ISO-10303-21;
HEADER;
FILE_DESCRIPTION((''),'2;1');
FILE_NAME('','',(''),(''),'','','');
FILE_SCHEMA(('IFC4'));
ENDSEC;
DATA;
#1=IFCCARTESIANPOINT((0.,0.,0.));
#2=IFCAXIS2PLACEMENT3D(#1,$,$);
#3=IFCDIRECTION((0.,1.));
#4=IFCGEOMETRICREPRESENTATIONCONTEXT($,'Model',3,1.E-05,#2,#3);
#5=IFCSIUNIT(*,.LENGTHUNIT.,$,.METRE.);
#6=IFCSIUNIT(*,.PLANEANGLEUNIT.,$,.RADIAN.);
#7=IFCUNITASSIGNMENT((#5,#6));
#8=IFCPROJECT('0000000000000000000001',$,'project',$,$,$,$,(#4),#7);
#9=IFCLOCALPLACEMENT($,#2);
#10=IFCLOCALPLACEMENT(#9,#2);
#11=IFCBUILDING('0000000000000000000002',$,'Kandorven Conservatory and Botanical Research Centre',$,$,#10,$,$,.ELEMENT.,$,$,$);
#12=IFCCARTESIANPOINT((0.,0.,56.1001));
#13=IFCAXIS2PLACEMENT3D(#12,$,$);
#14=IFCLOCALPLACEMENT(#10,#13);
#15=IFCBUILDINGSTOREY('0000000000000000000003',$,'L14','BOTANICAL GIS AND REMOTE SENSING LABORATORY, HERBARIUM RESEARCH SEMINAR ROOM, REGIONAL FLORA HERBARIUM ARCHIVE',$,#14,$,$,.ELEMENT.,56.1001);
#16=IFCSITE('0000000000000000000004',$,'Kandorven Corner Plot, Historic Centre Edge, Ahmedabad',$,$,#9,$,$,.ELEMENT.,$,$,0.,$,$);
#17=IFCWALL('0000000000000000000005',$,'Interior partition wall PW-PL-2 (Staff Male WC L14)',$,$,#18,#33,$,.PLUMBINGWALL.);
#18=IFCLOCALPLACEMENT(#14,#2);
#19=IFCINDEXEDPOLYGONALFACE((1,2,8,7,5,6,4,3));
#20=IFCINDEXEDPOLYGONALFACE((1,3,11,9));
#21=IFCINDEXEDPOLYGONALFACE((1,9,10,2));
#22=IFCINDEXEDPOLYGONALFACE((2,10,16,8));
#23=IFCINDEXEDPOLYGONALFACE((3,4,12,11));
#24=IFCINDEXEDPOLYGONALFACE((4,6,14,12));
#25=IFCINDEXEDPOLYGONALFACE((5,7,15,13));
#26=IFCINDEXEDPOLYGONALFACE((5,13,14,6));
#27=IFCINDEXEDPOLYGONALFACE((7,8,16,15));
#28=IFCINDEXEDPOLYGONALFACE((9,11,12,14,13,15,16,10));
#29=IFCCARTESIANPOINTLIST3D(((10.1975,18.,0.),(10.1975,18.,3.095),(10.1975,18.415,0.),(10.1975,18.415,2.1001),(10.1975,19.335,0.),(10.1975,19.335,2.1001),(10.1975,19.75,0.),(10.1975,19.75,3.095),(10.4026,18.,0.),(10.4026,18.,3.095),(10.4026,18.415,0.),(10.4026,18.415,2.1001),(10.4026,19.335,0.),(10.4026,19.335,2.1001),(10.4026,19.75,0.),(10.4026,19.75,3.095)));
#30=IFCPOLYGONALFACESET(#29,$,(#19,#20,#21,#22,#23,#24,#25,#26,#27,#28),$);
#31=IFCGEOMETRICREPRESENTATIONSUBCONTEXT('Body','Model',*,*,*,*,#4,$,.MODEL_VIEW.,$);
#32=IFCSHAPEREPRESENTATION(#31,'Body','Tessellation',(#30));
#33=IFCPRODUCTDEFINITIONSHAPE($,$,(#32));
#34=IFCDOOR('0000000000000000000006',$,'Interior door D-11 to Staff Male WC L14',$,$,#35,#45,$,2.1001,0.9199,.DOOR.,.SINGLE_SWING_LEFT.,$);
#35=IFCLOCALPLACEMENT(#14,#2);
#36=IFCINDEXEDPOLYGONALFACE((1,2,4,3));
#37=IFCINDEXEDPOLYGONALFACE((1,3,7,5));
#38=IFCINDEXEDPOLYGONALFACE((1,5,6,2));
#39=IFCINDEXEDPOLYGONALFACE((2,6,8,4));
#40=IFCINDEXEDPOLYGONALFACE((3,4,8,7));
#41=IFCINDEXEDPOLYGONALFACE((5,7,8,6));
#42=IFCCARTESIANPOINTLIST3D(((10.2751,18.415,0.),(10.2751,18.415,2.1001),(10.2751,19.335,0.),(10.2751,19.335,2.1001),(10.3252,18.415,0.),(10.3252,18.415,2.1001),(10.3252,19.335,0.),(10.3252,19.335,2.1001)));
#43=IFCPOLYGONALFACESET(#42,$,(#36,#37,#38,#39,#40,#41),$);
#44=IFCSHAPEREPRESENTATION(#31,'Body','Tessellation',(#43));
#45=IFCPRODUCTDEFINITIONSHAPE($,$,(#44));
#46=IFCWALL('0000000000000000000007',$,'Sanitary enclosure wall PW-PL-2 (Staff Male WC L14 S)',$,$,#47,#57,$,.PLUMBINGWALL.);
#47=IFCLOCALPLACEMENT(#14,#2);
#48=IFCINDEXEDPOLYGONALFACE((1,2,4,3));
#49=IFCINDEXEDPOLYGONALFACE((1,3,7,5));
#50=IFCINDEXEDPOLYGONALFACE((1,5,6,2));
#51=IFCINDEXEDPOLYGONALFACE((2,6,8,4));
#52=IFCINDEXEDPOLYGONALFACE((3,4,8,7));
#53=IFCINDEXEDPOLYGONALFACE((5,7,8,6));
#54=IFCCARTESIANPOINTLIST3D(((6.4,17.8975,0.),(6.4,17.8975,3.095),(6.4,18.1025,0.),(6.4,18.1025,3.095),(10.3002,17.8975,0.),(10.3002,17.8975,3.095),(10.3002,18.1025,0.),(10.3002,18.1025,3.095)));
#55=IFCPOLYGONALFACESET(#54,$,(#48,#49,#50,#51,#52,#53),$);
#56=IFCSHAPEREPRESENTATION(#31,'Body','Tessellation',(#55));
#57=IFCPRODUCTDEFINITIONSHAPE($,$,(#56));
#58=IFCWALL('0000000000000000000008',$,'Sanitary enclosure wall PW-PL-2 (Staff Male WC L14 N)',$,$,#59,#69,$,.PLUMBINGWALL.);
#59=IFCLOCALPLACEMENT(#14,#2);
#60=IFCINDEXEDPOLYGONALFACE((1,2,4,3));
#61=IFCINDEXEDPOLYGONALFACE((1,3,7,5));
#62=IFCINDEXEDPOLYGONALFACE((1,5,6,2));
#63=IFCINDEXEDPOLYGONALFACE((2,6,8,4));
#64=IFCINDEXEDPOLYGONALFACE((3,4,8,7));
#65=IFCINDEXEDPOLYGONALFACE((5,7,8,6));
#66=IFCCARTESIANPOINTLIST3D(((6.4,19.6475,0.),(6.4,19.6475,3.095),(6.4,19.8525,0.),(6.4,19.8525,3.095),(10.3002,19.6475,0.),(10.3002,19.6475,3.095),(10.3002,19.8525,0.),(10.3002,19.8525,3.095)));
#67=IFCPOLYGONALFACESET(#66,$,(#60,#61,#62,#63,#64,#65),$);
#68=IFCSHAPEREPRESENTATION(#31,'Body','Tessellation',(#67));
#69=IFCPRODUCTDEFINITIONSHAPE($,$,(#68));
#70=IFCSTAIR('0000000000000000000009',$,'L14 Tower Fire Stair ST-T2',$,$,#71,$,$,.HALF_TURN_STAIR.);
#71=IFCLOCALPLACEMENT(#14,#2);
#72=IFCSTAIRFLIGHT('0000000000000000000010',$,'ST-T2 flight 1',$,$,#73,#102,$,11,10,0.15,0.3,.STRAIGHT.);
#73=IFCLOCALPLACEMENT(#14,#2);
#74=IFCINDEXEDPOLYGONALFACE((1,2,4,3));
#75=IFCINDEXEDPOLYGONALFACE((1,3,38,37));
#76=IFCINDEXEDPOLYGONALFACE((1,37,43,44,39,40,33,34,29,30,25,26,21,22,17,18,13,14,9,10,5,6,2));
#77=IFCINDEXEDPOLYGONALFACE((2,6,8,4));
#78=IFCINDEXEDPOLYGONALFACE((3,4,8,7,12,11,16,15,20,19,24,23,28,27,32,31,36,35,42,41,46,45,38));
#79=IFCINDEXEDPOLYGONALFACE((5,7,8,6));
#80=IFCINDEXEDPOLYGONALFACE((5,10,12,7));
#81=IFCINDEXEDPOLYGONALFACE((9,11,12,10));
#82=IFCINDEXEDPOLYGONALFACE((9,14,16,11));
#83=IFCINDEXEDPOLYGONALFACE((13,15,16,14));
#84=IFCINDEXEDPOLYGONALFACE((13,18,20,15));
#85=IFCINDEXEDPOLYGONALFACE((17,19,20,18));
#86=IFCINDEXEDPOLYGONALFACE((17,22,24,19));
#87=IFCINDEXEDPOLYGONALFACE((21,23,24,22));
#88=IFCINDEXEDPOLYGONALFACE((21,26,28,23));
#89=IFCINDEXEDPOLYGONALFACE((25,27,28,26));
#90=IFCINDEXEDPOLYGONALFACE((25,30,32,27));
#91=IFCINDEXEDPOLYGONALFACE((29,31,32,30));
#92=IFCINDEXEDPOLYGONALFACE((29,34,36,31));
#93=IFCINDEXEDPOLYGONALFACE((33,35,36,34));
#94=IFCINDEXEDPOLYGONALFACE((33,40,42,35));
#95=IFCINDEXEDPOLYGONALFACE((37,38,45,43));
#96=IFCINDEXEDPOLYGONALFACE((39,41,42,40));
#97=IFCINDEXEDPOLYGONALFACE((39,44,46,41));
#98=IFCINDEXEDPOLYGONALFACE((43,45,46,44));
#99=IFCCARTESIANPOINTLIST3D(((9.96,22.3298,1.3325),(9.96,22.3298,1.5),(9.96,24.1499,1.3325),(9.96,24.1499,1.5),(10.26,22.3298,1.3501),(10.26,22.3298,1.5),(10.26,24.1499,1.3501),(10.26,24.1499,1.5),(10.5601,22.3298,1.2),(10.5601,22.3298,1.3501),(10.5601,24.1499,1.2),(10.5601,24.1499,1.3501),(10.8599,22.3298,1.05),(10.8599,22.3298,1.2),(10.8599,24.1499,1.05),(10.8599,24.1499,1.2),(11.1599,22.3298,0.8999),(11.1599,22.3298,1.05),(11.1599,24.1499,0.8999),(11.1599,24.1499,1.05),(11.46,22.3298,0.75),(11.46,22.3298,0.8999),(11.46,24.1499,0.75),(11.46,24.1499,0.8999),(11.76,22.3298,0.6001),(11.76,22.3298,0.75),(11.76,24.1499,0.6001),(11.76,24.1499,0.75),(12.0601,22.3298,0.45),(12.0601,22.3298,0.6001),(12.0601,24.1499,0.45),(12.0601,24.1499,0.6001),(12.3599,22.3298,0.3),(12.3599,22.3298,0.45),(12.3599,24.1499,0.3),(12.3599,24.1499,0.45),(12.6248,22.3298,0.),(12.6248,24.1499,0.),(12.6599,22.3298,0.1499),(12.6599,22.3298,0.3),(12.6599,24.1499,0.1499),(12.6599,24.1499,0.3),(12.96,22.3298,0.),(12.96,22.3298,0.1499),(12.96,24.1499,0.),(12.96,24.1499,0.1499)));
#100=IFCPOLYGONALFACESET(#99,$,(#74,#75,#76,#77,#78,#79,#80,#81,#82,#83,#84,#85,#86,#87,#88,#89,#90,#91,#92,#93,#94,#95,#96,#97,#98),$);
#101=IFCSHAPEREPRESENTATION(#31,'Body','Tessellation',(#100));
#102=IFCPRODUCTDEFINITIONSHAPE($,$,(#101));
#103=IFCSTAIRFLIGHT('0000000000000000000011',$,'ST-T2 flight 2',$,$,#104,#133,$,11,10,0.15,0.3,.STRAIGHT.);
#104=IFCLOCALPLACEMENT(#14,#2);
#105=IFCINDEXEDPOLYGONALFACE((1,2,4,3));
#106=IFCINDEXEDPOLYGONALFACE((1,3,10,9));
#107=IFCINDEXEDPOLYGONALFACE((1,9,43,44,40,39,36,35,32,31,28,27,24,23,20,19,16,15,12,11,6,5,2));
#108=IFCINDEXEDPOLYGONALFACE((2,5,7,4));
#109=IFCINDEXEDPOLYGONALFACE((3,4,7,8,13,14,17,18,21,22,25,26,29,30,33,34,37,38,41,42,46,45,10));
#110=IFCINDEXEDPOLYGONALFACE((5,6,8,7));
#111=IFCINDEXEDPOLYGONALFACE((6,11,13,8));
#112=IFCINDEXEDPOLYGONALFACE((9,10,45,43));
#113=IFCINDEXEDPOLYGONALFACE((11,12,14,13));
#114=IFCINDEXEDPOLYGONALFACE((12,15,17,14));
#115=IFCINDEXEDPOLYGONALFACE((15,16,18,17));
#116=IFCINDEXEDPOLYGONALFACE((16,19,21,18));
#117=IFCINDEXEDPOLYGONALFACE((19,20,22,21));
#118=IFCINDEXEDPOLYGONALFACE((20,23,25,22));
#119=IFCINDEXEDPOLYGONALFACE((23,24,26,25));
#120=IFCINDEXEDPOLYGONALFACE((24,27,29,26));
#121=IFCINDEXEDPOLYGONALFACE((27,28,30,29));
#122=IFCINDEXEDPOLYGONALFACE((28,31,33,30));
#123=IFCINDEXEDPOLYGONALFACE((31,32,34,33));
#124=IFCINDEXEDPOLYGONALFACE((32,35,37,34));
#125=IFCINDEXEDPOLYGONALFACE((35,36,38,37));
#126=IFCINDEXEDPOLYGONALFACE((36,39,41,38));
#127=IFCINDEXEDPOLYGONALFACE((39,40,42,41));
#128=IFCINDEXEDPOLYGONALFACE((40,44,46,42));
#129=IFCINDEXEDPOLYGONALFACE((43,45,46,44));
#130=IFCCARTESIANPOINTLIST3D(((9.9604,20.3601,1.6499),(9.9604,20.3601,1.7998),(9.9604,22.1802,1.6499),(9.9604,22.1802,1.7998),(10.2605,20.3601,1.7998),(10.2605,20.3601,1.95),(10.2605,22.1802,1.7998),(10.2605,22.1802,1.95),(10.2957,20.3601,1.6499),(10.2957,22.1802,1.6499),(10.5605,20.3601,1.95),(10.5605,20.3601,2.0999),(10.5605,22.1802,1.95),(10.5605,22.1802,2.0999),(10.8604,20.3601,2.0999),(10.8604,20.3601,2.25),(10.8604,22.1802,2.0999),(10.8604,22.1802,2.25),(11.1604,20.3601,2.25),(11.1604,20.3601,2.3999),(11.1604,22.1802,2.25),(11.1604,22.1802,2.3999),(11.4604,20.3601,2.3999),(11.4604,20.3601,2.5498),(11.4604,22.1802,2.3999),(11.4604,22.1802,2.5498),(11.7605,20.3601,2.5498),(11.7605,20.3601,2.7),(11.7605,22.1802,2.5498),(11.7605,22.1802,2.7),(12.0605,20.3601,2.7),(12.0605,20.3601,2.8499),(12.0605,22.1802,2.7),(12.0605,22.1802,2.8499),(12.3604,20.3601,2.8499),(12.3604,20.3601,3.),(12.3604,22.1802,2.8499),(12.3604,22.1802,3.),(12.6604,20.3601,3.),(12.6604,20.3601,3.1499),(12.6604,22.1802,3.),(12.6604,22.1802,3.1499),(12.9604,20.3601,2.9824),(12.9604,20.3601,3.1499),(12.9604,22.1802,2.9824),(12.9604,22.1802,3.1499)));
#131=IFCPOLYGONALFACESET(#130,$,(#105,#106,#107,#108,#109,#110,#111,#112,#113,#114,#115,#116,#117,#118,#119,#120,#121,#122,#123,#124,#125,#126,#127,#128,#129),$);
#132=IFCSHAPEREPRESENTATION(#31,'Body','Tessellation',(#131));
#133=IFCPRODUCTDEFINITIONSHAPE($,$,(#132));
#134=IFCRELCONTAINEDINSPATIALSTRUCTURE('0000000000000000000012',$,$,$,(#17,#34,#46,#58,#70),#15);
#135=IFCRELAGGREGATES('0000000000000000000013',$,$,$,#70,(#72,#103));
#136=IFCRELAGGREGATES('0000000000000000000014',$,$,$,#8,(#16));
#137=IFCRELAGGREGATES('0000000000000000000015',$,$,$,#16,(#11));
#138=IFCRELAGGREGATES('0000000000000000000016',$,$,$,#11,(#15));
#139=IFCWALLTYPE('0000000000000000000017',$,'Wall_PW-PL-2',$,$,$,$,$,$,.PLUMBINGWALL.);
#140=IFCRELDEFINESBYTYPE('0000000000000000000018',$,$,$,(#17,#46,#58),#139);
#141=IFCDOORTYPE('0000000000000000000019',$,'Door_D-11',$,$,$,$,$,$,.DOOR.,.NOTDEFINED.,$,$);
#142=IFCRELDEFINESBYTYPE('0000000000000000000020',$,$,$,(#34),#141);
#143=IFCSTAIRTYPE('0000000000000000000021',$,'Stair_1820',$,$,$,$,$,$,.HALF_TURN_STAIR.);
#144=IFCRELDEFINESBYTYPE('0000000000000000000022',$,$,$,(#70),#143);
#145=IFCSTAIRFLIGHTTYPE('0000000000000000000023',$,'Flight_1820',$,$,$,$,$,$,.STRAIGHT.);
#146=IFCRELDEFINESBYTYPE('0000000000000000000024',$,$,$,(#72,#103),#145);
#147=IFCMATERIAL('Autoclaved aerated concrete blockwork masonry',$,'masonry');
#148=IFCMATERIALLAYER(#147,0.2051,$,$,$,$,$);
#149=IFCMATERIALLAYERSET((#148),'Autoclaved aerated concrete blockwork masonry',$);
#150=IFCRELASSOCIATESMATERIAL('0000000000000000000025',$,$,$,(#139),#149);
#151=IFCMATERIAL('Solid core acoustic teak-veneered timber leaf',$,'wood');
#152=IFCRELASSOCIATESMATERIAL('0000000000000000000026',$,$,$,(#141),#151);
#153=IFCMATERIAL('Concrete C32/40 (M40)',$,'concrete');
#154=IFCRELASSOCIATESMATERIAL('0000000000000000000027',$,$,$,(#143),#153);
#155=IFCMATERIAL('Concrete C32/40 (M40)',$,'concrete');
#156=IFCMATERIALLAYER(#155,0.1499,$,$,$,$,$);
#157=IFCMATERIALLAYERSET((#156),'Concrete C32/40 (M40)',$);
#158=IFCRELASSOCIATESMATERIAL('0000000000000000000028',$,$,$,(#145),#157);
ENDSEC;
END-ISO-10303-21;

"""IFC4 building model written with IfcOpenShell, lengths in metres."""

from ifc_helpers import new_model, si_unit, direction, frame, frame_2d, origin, place, context, subcontext, project, spatial, polyline, rectangle, outline, extrude, material, layer, layer_set, type_object, element, fill, aggregate, save


model = new_model("IFC4")

# Units and contexts
model_context = context("Model", 3, precision=1e-05, world=origin(), true_north=direction((0.0, 1.0)))
body_context = subcontext(model_context, "Body", "Model", "MODEL_VIEW")
ifc_project = project(units=[si_unit("LENGTHUNIT", "METRE"), si_unit("PLANEANGLEUNIT", "RADIAN")], contexts=[model_context])

# Site, building, storey
site_placement = place(None, origin())
site = spatial("IfcSite", under=ifc_project, at=site_placement, Name="Kandorven Corner Plot, Historic Centre Edge, Ahmedabad", CompositionType="ELEMENT", RefElevation=0.0)
building_placement = place(site_placement, origin())
building = spatial("IfcBuilding", under=site, at=building_placement, Name="Kandorven Conservatory and Botanical Research Centre", CompositionType="ELEMENT")
storey_placement = place(building_placement, frame((0.0, 0.0, 56.1001)))
storey = spatial("IfcBuildingStorey", under=building, at=storey_placement, Name="L14", Description="BOTANICAL GIS AND REMOTE SENSING LABORATORY, HERBARIUM RESEARCH SEMINAR ROOM, REGIONAL FLORA HERBARIUM ARCHIVE", CompositionType="ELEMENT", Elevation=56.1001)

# Wall, opening, door
ifc_material_1 = material(Name="Autoclaved aerated concrete blockwork masonry", Category="masonry")
ifc_layer_1 = layer(ifc_material_1, 0.2051)
ifc_layer_set_1 = layer_set([ifc_layer_1], Name="Autoclaved aerated concrete blockwork masonry")
wall_type_1 = type_object("IfcWallType", Name="Wall_PW-PL-2", PredefinedType="PLUMBINGWALL", material=ifc_layer_set_1)
wall_1_placement = place(storey_placement, frame((10.3, 18.0, 0.0), z_axis=(0.0, 0.0, 1.0), x_axis=(0.0, 1.0, 0.0)))
wall_1 = element("IfcWall", 1, at=wall_1_placement, inside=storey, type_object=wall_type_1, Name="Interior partition wall PW-PL-2 (Staff Male WC L14)", PredefinedType="PLUMBINGWALL", context=body_context, shape_type="SweptSolid", body=[
    extrude(rectangle(XDim=1.75, YDim=0.2051, at=frame_2d((0.875, 0.0))), origin(), (0.0, 0.0, 1.0), 3.095),
])
opening_1_placement = place(wall_1_placement, frame((0.415, 0.0, 0.0)))
opening_1 = element("IfcOpeningElement", 2, at=opening_1_placement, cuts=wall_1, PredefinedType="OPENING", context=body_context, shape_type="SweptSolid", body=[
    extrude(rectangle(XDim=0.9199, YDim=2.1001, at=frame_2d((0.46, 1.05))), frame((0.0, 0.1125, 0.0), z_axis=(0.0, -1.0, 0.0), x_axis=(1.0, 0.0, 0.0)), (0.0, 0.0, 1.0), 0.2251),
])
ifc_material_2 = material(Name="Solid core acoustic teak-veneered timber leaf", Category="wood")
door_type_1 = type_object("IfcDoorType", Name="Door_D-11", OperationType="NOTDEFINED", PredefinedType="DOOR", material=ifc_material_2)
door_1_placement = place(opening_1_placement, origin())
door_1 = element("IfcDoor", 3, at=door_1_placement, inside=storey, type_object=door_type_1, Name="Interior door D-11 to Staff Male WC L14", OperationType="SINGLE_SWING_LEFT", OverallHeight=2.1001, OverallWidth=0.9199, PredefinedType="DOOR", context=body_context, shape_type="SweptSolid", body=[
    extrude(rectangle(XDim=0.9199, YDim=2.1001, at=frame_2d((0.46, 1.05))), frame((0.0, 0.0249, 0.0), z_axis=(0.0, -1.0, 0.0), x_axis=(1.0, 0.0, 0.0)), (0.0, 0.0, 1.0), 0.05),
])
fill(opening_1, door_1)

# Walls
for number, where, z_axis, x_axis, name in (
    (4, (6.3999, 18.0, 0.0), (0.0, 0.0, 1.0), (1.0, 0.0, 0.0), "Sanitary enclosure wall PW-PL-2 (Staff Male WC L14 S)"),
    (5, (6.3999, 19.75, 0.0), (0.0, 0.0, 1.0), (1.0, 0.0, 0.0), "Sanitary enclosure wall PW-PL-2 (Staff Male WC L14 N)"),
):
    element("IfcWall", number, at=place(storey_placement, frame(where, z_axis=z_axis, x_axis=x_axis)), inside=storey, type_object=wall_type_1, Name=name, PredefinedType="PLUMBINGWALL", context=body_context, shape_type="SweptSolid", body=[
        extrude(rectangle(XDim=3.9001, YDim=0.2051, at=frame_2d((1.9502, 0.0))), origin(), (0.0, 0.0, 1.0), 3.095),
    ])

# Stair, stair flights
ifc_material_3 = material(Name="Concrete C32/40 (M40)", Category="concrete")
stair_type = type_object("IfcStairType", Name="Stair_1820", PredefinedType="HALF_TURN_STAIR", material=ifc_material_3)
stair_placement = place(storey_placement, origin())
stair = element("IfcStair", 6, at=stair_placement, inside=storey, type_object=stair_type, Name="L14 Tower Fire Stair ST-T2", PredefinedType="HALF_TURN_STAIR")
ifc_material_4 = material(Name="Concrete C32/40 (M40)", Category="concrete")
ifc_layer_2 = layer(ifc_material_4, 0.1499)
ifc_layer_set_2 = layer_set([ifc_layer_2], Name="Concrete C32/40 (M40)")
stair_flight_type = type_object("IfcStairFlightType", Name="Flight_1820", PredefinedType="STRAIGHT", material=ifc_layer_set_2)
stair_flight_1_placement = place(storey_placement, frame((12.96, 23.24, 0.0), z_axis=(0.0, 0.0, 1.0), x_axis=(-1.0, 0.0, 0.0)))
stair_flight_1 = element("IfcStairFlight", 7, at=stair_flight_1_placement, type_object=stair_flight_type, Name="ST-T2 flight 1", NumberOfRisers=11, NumberOfTreads=10, PredefinedType="STRAIGHT", RiserHeight=0.15, TreadLength=0.3, context=body_context, shape_type="SweptSolid", body=[
    extrude(outline(polyline([(0.0, 0.0), (0.0, 0.1499), (0.3, 0.1499), (0.3, 0.3), (0.6001, 0.3), (0.6001, 0.45), (0.8999, 0.45), (0.8999, 0.6001), (1.2, 0.6001), (1.2, 0.75), (1.5, 0.75), (1.5, 0.8999), (1.8, 0.8999), (1.8, 1.05), (2.1001, 1.05), (2.1001, 1.2), (2.3999, 1.2), (2.3999, 1.3501), (2.7, 1.3501), (2.7, 1.5), (3.0, 1.5), (3.0, 1.6499), (3.0, 1.3325), (0.3352, 0.0), (0.0, 0.0)])), frame((0.0, 0.9102, 0.0), z_axis=(0.0, -1.0, 0.0), x_axis=(1.0, 0.0, 0.0)), (0.0, 0.0, 1.0), 1.8201),
])
stair_flight_2_placement = place(storey_placement, frame((9.9604, 21.27, 1.6499), z_axis=(0.0, 0.0, 1.0), x_axis=(1.0, 0.0, 0.0)))
stair_flight_2 = element("IfcStairFlight", 8, at=stair_flight_2_placement, type_object=stair_flight_type, Name="ST-T2 flight 2", NumberOfRisers=11, NumberOfTreads=10, PredefinedType="STRAIGHT", RiserHeight=0.15, TreadLength=0.3, context=body_context, shape_type="SweptSolid", body=[
    extrude(outline(polyline([(0.0, 0.0), (0.0, 0.1499), (0.3, 0.1499), (0.3, 0.3), (0.6001, 0.3), (0.6001, 0.45), (0.8999, 0.45), (0.8999, 0.6001), (1.2, 0.6001), (1.2, 0.75), (1.5, 0.75), (1.5, 0.8999), (1.8, 0.8999), (1.8, 1.05), (2.1001, 1.05), (2.1001, 1.2), (2.3999, 1.2), (2.3999, 1.3501), (2.7, 1.3501), (2.7, 1.5), (3.0, 1.5), (3.0, 1.6499), (3.0, 1.3325), (0.3352, 0.0), (0.0, 0.0)])), frame((0.0, 0.9102, 0.0), z_axis=(0.0, -1.0, 0.0), x_axis=(1.0, 0.0, 0.0)), (0.0, 0.0, 1.0), 1.8201),
])
aggregate(stair, [stair_flight_1, stair_flight_2])

save(model, "model.ifc")
